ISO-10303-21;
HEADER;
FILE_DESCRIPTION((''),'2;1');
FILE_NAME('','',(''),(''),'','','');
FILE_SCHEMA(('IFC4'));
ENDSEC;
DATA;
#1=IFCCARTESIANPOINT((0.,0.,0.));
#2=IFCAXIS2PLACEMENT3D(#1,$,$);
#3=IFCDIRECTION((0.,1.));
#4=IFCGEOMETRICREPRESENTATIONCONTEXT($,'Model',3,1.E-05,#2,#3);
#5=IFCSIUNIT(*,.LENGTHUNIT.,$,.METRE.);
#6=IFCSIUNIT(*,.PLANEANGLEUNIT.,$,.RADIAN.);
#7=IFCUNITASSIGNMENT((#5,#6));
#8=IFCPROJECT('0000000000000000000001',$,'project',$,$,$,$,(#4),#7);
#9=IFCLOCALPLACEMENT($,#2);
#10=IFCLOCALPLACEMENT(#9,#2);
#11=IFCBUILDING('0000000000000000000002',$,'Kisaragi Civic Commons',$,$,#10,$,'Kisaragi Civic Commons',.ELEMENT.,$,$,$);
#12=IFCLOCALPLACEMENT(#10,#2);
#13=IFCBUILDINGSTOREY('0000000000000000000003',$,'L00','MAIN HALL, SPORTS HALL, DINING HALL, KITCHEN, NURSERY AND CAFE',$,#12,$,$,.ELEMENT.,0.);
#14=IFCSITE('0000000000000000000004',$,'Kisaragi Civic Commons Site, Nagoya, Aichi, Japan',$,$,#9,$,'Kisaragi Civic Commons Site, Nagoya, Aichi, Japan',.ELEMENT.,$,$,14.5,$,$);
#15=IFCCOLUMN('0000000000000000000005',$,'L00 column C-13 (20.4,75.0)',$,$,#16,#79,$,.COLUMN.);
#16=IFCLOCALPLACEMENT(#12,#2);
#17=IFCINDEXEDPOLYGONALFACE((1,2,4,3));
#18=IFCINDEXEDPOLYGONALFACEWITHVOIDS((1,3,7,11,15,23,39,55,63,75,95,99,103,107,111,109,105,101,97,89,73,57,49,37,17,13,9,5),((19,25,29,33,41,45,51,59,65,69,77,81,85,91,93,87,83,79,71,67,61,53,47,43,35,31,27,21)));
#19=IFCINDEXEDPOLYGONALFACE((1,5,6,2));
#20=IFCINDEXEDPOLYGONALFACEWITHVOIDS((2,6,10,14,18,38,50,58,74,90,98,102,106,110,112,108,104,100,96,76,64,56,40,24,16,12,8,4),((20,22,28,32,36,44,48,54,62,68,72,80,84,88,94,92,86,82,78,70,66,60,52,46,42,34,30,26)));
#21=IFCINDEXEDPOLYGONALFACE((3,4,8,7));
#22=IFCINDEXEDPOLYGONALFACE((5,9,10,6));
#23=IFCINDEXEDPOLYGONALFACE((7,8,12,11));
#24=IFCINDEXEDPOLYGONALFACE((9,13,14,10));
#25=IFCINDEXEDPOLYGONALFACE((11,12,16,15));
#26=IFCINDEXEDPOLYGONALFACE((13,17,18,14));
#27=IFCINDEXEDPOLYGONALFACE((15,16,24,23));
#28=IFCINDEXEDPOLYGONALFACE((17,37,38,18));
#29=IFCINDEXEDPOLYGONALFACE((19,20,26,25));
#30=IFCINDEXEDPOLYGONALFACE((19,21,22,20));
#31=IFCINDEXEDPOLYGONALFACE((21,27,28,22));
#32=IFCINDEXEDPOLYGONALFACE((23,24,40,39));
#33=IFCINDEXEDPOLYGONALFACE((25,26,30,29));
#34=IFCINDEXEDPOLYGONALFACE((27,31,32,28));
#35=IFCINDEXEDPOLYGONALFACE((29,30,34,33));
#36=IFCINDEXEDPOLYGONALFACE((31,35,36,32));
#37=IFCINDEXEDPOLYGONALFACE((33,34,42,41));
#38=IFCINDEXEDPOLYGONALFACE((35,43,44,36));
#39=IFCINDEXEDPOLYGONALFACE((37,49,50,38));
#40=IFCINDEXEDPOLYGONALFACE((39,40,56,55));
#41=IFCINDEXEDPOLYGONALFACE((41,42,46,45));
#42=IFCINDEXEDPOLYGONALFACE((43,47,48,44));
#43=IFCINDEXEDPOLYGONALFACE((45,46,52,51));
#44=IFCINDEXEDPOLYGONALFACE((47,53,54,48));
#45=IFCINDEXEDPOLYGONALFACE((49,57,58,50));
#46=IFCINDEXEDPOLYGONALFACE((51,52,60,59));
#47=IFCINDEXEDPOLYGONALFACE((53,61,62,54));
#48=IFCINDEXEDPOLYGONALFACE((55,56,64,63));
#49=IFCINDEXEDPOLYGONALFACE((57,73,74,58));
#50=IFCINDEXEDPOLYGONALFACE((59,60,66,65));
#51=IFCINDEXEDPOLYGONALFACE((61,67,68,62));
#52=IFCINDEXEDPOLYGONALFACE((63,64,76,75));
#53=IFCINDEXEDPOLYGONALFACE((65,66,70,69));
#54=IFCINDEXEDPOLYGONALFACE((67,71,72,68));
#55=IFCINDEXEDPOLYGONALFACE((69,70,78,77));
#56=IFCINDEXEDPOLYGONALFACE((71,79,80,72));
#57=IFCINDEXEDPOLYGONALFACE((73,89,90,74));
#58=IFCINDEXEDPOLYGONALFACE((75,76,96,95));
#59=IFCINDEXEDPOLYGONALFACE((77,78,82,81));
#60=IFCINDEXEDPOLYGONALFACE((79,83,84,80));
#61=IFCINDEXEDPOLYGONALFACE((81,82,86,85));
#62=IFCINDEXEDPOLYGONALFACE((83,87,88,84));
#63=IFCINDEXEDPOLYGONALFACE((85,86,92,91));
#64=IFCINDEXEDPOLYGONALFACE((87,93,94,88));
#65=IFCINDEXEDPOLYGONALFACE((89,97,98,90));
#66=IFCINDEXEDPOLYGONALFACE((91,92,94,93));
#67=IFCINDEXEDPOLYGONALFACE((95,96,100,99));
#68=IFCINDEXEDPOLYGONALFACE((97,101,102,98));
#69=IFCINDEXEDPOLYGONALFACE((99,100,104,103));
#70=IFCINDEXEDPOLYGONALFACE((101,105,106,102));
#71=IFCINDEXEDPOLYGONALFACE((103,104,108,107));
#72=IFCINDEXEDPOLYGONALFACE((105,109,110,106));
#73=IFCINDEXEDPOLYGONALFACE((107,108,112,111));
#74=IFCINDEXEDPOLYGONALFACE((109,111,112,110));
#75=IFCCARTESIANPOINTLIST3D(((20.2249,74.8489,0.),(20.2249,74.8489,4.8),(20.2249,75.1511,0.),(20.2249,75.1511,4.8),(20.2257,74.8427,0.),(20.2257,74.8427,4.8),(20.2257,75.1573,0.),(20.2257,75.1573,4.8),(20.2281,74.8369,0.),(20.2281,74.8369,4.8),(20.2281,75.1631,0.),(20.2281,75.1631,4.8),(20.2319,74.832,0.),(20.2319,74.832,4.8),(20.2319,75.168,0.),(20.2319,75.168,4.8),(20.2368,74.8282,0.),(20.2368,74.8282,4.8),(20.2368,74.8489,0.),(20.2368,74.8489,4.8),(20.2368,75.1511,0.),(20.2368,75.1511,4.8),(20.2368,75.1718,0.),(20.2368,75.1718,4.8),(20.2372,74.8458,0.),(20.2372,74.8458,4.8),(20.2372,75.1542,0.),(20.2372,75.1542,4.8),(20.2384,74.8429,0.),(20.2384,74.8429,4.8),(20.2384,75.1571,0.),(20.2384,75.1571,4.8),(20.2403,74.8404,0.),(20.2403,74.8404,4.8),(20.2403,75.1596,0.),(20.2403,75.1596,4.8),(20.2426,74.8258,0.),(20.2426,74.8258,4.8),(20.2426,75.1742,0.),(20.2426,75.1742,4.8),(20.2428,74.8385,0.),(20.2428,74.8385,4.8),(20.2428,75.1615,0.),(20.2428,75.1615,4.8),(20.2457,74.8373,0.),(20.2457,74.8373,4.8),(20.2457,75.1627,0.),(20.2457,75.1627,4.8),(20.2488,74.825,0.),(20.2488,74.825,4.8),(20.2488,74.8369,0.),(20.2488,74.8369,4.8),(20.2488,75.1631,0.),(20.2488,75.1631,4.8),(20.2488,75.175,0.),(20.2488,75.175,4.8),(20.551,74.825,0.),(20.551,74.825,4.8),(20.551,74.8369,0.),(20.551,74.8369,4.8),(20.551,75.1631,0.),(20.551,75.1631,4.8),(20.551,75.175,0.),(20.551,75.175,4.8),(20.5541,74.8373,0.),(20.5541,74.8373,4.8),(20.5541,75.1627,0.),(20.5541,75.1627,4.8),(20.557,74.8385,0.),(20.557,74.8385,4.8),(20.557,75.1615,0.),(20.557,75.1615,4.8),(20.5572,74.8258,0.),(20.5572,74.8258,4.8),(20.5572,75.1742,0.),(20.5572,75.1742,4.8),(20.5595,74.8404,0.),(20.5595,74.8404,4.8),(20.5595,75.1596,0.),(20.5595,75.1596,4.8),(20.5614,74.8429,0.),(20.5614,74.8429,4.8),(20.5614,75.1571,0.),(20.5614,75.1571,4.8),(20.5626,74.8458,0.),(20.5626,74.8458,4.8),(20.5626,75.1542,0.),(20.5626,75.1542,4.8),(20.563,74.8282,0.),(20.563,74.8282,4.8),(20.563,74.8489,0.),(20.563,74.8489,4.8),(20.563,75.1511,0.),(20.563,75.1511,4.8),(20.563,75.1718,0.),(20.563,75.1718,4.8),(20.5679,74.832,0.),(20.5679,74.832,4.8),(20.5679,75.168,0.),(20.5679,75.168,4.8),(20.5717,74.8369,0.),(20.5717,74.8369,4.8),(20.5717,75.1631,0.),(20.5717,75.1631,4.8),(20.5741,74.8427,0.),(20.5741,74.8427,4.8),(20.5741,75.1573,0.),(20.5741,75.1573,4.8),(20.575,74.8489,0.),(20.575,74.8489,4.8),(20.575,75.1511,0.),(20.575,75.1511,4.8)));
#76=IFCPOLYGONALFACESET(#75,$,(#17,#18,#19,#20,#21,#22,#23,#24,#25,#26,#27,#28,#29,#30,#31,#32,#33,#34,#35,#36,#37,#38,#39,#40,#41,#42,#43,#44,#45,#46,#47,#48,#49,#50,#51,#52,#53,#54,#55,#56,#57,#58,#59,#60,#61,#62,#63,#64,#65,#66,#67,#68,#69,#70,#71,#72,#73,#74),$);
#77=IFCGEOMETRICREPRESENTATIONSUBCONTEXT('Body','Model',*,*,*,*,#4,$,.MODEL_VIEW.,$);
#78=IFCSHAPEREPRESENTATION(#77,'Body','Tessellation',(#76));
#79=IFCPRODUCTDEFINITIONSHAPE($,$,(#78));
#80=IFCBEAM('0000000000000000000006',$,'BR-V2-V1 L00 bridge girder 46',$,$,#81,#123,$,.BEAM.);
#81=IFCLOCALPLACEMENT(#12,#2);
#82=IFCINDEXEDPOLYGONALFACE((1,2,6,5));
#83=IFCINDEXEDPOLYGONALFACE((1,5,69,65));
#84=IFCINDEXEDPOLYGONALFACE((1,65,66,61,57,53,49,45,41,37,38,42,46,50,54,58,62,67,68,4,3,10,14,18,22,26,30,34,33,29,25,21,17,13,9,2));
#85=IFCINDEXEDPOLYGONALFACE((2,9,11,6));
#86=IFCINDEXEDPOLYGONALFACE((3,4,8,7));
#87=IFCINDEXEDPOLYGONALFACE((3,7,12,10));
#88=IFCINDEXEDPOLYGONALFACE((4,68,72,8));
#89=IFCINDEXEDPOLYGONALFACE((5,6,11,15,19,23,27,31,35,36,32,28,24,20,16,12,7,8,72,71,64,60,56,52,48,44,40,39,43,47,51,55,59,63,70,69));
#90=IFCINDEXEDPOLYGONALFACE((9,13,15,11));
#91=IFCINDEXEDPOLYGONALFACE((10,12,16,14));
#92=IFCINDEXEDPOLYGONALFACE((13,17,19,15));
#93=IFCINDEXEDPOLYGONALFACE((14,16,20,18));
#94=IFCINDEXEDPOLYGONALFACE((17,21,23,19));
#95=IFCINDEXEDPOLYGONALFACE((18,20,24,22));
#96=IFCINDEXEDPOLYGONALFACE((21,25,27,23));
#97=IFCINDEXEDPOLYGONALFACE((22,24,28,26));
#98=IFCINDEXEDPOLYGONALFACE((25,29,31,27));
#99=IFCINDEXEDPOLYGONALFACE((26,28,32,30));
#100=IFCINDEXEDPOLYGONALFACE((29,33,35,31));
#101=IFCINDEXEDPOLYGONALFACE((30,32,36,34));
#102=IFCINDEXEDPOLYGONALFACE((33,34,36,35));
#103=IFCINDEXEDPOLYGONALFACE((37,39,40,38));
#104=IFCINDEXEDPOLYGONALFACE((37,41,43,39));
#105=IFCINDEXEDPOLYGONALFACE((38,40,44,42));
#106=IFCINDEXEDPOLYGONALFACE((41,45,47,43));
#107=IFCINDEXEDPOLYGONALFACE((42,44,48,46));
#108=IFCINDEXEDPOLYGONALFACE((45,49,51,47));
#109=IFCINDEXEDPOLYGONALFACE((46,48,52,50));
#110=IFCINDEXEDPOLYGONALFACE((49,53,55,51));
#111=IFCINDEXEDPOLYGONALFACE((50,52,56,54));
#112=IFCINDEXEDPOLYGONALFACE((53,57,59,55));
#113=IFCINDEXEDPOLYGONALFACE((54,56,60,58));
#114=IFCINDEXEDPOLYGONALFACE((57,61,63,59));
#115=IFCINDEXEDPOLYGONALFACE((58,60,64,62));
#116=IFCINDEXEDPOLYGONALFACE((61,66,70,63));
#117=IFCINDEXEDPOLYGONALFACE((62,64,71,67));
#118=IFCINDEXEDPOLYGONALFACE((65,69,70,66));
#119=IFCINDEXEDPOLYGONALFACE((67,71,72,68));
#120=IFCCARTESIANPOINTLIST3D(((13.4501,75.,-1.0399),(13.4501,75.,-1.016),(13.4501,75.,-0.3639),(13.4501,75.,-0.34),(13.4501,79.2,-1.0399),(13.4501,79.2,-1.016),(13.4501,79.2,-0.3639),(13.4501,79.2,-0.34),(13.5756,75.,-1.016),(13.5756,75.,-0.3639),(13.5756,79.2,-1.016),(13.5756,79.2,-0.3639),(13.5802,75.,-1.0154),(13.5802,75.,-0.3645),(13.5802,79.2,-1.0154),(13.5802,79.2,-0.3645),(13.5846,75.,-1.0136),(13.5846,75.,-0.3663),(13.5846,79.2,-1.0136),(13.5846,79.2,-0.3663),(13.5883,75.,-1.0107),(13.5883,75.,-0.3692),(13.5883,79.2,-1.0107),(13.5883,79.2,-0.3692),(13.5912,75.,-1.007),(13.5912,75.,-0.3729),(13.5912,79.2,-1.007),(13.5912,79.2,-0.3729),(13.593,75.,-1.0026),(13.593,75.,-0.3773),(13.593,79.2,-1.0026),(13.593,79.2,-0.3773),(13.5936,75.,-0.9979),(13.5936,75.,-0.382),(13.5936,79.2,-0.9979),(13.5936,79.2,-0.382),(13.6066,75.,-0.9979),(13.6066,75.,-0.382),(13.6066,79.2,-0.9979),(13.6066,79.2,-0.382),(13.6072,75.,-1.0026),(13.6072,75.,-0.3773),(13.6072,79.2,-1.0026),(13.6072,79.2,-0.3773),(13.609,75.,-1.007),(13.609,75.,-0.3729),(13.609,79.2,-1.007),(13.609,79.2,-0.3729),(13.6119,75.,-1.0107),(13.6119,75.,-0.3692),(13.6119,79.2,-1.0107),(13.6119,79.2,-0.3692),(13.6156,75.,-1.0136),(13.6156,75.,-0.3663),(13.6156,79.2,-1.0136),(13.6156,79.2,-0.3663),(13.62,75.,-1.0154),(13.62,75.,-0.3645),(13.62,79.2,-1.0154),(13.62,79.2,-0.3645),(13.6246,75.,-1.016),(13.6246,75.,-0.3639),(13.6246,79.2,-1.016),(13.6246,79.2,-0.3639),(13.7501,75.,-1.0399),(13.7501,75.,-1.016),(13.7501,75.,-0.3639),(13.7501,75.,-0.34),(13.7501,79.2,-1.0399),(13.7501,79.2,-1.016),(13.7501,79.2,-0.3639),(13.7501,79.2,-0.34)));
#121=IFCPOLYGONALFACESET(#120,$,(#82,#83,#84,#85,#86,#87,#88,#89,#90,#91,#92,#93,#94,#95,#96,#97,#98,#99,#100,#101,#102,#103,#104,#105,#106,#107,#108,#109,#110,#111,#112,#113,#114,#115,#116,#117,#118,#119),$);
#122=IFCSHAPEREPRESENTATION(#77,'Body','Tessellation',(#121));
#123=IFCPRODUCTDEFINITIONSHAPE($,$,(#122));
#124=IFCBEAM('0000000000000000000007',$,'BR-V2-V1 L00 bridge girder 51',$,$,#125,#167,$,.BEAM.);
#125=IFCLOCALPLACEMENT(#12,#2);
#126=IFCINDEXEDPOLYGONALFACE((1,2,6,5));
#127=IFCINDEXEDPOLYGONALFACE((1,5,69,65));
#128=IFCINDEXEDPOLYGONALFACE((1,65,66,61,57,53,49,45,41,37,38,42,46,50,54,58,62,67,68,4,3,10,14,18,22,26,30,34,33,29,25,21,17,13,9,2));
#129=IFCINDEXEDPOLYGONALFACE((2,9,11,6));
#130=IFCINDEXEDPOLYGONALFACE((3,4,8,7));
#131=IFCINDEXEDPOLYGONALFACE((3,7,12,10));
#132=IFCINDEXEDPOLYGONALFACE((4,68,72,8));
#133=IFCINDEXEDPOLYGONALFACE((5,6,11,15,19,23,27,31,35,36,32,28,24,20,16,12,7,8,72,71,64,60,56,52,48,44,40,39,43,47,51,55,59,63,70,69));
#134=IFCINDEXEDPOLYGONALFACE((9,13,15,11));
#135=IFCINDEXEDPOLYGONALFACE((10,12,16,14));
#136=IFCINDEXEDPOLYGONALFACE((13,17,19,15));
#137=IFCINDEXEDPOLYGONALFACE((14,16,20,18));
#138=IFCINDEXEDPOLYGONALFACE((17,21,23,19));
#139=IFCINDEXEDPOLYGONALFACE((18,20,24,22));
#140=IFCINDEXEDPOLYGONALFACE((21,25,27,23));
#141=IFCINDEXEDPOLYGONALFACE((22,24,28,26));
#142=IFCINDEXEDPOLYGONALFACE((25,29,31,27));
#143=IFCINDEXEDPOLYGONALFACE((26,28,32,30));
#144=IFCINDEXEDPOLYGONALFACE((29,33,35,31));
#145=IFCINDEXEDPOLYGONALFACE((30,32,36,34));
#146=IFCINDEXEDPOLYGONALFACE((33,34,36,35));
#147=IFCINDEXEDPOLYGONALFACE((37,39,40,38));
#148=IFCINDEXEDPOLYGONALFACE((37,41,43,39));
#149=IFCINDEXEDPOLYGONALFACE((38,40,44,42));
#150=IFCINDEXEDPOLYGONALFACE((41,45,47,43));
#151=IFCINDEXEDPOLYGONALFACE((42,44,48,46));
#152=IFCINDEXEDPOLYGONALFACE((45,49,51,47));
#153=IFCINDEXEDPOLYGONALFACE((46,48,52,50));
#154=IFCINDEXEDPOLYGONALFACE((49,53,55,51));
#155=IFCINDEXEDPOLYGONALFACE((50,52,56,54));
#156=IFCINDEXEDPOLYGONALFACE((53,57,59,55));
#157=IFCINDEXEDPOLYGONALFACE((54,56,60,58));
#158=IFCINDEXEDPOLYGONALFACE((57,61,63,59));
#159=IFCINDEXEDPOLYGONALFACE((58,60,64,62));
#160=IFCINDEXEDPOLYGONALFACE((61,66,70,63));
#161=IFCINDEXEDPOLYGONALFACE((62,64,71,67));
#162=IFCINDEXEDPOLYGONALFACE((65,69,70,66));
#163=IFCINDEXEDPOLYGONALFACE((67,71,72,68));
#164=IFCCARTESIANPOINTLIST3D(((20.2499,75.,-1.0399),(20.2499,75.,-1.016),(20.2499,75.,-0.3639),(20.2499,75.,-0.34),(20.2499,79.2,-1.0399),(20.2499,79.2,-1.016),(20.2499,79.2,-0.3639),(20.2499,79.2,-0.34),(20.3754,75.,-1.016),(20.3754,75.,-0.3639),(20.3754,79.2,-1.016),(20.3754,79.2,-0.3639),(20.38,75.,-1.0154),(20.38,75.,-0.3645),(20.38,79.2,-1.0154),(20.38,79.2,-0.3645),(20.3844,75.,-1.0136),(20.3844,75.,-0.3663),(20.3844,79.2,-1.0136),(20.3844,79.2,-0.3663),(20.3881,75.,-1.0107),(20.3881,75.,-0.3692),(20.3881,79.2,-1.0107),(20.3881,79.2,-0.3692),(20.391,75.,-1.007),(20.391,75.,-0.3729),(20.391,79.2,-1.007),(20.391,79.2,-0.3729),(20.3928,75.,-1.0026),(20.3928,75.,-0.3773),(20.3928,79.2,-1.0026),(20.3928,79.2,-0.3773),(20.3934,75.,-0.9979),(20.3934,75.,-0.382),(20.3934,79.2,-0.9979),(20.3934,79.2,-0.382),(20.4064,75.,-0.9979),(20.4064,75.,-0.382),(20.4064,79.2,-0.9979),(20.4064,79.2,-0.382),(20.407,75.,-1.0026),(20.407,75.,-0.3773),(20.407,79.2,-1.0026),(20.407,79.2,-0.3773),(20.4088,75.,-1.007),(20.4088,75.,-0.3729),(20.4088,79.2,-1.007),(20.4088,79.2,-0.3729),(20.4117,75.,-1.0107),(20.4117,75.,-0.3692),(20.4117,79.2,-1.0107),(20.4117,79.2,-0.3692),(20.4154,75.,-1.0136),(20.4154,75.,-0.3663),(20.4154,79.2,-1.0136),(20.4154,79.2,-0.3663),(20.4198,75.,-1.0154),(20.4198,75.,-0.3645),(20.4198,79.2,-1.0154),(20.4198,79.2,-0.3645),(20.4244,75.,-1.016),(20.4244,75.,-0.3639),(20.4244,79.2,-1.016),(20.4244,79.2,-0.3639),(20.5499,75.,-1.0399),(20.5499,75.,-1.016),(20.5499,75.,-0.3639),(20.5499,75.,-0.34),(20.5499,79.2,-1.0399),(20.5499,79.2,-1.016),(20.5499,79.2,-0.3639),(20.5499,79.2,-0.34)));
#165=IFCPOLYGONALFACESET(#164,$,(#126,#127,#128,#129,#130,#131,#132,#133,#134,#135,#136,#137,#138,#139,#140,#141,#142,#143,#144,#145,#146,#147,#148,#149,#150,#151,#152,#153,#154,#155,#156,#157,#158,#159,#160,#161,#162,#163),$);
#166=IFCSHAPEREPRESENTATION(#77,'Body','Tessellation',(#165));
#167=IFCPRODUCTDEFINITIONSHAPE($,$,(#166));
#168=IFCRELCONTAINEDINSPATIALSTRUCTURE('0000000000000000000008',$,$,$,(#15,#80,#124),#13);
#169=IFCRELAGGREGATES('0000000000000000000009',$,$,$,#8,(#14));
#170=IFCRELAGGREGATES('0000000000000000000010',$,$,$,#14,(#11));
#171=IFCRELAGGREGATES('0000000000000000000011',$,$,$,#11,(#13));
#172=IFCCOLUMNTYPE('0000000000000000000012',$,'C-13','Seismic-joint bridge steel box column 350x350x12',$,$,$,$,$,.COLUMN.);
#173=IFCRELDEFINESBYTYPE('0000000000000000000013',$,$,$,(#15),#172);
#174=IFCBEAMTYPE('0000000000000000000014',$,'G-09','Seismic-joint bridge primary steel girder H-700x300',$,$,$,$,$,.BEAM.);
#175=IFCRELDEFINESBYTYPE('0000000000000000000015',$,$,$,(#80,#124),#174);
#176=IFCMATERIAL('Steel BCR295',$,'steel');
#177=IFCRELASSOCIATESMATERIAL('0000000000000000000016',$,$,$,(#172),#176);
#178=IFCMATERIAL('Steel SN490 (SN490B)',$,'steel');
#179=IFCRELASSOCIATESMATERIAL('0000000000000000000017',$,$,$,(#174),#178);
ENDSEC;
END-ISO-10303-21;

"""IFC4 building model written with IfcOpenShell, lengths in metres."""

from ifc_helpers import new_model, si_unit, direction, frame, origin, origin_2d, place, context, subcontext, project, spatial, hollow_rectangle, i_section, extrude, material, material_profile, profile_set, type_object, element, save


model = new_model("IFC4")

# Units and contexts
model_context = context("Model", 3, precision=1e-05, world=origin(), true_north=direction((0.0, 1.0)))
body_context = subcontext(model_context, "Body", "Model", "MODEL_VIEW")
ifc_project = project(units=[si_unit("LENGTHUNIT", "METRE"), si_unit("PLANEANGLEUNIT", "RADIAN")], contexts=[model_context])

# Site, building, storey
site_placement = place(None, origin())
site = spatial("IfcSite", under=ifc_project, at=site_placement, Name="Kisaragi Civic Commons Site, Nagoya, Aichi, Japan", LongName="Kisaragi Civic Commons Site, Nagoya, Aichi, Japan", CompositionType="ELEMENT", RefElevation=14.5)
building_placement = place(site_placement, origin())
building = spatial("IfcBuilding", under=site, at=building_placement, Name="Kisaragi Civic Commons", LongName="Kisaragi Civic Commons", CompositionType="ELEMENT")
storey_placement = place(building_placement, origin())
storey = spatial("IfcBuildingStorey", under=building, at=storey_placement, Name="L00", Description="MAIN HALL, SPORTS HALL, DINING HALL, KITCHEN, NURSERY AND CAFE", CompositionType="ELEMENT", Elevation=0.0)

# Column
ifc_material_1 = material(Name="Steel BCR295", Category="steel")
ifc_material_profile_1 = material_profile(ifc_material_1, hollow_rectangle(XDim=0.3501, YDim=0.3501, WallThickness=0.012, InnerFilletRadius=0.012, OuterFilletRadius=0.0239, at=origin_2d()), Name="BCR-350x350x12", Category="steel")
ifc_profile_set_1 = profile_set([ifc_material_profile_1], Name="Steel BCR295")
column_type_1 = type_object("IfcColumnType", Name="C-13", Description="Seismic-joint bridge steel box column 350x350x12", PredefinedType="COLUMN", material=ifc_profile_set_1)
for number, where, z_axis, x_axis, name in (
    (1, (20.3999, 75.0, 0.0), (0.0, 0.0, 1.0), (1.0, 0.0, 0.0), "L00 column C-13 (20.4,75.0)"),
):
    element("IfcColumn", number, at=place(storey_placement, frame(where, z_axis=z_axis, x_axis=x_axis)), inside=storey, type_object=column_type_1, Name=name, PredefinedType="COLUMN", context=body_context, shape_type="SweptSolid", body=[
        extrude(hollow_rectangle(XDim=0.3501, YDim=0.3501, WallThickness=0.012, InnerFilletRadius=0.012, OuterFilletRadius=0.0239, at=origin_2d()), origin(), (0.0, 0.0, 1.0), 4.8),
    ])

# Beams
ifc_material_2 = material(Name="Steel SN490 (SN490B)", Category="steel")
ifc_material_profile_2 = material_profile(ifc_material_2, i_section(OverallWidth=0.3, OverallDepth=0.7, WebThickness=0.0129, FlangeThickness=0.0239, FilletRadius=0.0181, at=origin_2d()), Name="H-700x300x13x24", Category="steel")
ifc_profile_set_2 = profile_set([ifc_material_profile_2], Name="Steel SN490 (SN490B)")
beam_type_1 = type_object("IfcBeamType", Name="G-09", Description="Seismic-joint bridge primary steel girder H-700x300", PredefinedType="BEAM", material=ifc_profile_set_2)
for number, where, z_axis, x_axis, name in (
    (2, (13.6001, 79.2, -0.6899), (0.0, -1.0, 0.0), (1.0, 0.0, 0.0), "BR-V2-V1 L00 bridge girder 46"),
    (3, (20.3999, 79.2, -0.6899), (0.0, -1.0, 0.0), (1.0, 0.0, 0.0), "BR-V2-V1 L00 bridge girder 51"),
):
    element("IfcBeam", number, at=place(storey_placement, frame(where, z_axis=z_axis, x_axis=x_axis)), inside=storey, type_object=beam_type_1, Name=name, PredefinedType="BEAM", context=body_context, shape_type="SweptSolid", body=[
        extrude(i_section(OverallWidth=0.3, OverallDepth=0.7, WebThickness=0.0129, FlangeThickness=0.0239, FilletRadius=0.0181, at=origin_2d()), origin(), (0.0, 0.0, 1.0), 4.2),
    ])

save(model, "model.ifc")
